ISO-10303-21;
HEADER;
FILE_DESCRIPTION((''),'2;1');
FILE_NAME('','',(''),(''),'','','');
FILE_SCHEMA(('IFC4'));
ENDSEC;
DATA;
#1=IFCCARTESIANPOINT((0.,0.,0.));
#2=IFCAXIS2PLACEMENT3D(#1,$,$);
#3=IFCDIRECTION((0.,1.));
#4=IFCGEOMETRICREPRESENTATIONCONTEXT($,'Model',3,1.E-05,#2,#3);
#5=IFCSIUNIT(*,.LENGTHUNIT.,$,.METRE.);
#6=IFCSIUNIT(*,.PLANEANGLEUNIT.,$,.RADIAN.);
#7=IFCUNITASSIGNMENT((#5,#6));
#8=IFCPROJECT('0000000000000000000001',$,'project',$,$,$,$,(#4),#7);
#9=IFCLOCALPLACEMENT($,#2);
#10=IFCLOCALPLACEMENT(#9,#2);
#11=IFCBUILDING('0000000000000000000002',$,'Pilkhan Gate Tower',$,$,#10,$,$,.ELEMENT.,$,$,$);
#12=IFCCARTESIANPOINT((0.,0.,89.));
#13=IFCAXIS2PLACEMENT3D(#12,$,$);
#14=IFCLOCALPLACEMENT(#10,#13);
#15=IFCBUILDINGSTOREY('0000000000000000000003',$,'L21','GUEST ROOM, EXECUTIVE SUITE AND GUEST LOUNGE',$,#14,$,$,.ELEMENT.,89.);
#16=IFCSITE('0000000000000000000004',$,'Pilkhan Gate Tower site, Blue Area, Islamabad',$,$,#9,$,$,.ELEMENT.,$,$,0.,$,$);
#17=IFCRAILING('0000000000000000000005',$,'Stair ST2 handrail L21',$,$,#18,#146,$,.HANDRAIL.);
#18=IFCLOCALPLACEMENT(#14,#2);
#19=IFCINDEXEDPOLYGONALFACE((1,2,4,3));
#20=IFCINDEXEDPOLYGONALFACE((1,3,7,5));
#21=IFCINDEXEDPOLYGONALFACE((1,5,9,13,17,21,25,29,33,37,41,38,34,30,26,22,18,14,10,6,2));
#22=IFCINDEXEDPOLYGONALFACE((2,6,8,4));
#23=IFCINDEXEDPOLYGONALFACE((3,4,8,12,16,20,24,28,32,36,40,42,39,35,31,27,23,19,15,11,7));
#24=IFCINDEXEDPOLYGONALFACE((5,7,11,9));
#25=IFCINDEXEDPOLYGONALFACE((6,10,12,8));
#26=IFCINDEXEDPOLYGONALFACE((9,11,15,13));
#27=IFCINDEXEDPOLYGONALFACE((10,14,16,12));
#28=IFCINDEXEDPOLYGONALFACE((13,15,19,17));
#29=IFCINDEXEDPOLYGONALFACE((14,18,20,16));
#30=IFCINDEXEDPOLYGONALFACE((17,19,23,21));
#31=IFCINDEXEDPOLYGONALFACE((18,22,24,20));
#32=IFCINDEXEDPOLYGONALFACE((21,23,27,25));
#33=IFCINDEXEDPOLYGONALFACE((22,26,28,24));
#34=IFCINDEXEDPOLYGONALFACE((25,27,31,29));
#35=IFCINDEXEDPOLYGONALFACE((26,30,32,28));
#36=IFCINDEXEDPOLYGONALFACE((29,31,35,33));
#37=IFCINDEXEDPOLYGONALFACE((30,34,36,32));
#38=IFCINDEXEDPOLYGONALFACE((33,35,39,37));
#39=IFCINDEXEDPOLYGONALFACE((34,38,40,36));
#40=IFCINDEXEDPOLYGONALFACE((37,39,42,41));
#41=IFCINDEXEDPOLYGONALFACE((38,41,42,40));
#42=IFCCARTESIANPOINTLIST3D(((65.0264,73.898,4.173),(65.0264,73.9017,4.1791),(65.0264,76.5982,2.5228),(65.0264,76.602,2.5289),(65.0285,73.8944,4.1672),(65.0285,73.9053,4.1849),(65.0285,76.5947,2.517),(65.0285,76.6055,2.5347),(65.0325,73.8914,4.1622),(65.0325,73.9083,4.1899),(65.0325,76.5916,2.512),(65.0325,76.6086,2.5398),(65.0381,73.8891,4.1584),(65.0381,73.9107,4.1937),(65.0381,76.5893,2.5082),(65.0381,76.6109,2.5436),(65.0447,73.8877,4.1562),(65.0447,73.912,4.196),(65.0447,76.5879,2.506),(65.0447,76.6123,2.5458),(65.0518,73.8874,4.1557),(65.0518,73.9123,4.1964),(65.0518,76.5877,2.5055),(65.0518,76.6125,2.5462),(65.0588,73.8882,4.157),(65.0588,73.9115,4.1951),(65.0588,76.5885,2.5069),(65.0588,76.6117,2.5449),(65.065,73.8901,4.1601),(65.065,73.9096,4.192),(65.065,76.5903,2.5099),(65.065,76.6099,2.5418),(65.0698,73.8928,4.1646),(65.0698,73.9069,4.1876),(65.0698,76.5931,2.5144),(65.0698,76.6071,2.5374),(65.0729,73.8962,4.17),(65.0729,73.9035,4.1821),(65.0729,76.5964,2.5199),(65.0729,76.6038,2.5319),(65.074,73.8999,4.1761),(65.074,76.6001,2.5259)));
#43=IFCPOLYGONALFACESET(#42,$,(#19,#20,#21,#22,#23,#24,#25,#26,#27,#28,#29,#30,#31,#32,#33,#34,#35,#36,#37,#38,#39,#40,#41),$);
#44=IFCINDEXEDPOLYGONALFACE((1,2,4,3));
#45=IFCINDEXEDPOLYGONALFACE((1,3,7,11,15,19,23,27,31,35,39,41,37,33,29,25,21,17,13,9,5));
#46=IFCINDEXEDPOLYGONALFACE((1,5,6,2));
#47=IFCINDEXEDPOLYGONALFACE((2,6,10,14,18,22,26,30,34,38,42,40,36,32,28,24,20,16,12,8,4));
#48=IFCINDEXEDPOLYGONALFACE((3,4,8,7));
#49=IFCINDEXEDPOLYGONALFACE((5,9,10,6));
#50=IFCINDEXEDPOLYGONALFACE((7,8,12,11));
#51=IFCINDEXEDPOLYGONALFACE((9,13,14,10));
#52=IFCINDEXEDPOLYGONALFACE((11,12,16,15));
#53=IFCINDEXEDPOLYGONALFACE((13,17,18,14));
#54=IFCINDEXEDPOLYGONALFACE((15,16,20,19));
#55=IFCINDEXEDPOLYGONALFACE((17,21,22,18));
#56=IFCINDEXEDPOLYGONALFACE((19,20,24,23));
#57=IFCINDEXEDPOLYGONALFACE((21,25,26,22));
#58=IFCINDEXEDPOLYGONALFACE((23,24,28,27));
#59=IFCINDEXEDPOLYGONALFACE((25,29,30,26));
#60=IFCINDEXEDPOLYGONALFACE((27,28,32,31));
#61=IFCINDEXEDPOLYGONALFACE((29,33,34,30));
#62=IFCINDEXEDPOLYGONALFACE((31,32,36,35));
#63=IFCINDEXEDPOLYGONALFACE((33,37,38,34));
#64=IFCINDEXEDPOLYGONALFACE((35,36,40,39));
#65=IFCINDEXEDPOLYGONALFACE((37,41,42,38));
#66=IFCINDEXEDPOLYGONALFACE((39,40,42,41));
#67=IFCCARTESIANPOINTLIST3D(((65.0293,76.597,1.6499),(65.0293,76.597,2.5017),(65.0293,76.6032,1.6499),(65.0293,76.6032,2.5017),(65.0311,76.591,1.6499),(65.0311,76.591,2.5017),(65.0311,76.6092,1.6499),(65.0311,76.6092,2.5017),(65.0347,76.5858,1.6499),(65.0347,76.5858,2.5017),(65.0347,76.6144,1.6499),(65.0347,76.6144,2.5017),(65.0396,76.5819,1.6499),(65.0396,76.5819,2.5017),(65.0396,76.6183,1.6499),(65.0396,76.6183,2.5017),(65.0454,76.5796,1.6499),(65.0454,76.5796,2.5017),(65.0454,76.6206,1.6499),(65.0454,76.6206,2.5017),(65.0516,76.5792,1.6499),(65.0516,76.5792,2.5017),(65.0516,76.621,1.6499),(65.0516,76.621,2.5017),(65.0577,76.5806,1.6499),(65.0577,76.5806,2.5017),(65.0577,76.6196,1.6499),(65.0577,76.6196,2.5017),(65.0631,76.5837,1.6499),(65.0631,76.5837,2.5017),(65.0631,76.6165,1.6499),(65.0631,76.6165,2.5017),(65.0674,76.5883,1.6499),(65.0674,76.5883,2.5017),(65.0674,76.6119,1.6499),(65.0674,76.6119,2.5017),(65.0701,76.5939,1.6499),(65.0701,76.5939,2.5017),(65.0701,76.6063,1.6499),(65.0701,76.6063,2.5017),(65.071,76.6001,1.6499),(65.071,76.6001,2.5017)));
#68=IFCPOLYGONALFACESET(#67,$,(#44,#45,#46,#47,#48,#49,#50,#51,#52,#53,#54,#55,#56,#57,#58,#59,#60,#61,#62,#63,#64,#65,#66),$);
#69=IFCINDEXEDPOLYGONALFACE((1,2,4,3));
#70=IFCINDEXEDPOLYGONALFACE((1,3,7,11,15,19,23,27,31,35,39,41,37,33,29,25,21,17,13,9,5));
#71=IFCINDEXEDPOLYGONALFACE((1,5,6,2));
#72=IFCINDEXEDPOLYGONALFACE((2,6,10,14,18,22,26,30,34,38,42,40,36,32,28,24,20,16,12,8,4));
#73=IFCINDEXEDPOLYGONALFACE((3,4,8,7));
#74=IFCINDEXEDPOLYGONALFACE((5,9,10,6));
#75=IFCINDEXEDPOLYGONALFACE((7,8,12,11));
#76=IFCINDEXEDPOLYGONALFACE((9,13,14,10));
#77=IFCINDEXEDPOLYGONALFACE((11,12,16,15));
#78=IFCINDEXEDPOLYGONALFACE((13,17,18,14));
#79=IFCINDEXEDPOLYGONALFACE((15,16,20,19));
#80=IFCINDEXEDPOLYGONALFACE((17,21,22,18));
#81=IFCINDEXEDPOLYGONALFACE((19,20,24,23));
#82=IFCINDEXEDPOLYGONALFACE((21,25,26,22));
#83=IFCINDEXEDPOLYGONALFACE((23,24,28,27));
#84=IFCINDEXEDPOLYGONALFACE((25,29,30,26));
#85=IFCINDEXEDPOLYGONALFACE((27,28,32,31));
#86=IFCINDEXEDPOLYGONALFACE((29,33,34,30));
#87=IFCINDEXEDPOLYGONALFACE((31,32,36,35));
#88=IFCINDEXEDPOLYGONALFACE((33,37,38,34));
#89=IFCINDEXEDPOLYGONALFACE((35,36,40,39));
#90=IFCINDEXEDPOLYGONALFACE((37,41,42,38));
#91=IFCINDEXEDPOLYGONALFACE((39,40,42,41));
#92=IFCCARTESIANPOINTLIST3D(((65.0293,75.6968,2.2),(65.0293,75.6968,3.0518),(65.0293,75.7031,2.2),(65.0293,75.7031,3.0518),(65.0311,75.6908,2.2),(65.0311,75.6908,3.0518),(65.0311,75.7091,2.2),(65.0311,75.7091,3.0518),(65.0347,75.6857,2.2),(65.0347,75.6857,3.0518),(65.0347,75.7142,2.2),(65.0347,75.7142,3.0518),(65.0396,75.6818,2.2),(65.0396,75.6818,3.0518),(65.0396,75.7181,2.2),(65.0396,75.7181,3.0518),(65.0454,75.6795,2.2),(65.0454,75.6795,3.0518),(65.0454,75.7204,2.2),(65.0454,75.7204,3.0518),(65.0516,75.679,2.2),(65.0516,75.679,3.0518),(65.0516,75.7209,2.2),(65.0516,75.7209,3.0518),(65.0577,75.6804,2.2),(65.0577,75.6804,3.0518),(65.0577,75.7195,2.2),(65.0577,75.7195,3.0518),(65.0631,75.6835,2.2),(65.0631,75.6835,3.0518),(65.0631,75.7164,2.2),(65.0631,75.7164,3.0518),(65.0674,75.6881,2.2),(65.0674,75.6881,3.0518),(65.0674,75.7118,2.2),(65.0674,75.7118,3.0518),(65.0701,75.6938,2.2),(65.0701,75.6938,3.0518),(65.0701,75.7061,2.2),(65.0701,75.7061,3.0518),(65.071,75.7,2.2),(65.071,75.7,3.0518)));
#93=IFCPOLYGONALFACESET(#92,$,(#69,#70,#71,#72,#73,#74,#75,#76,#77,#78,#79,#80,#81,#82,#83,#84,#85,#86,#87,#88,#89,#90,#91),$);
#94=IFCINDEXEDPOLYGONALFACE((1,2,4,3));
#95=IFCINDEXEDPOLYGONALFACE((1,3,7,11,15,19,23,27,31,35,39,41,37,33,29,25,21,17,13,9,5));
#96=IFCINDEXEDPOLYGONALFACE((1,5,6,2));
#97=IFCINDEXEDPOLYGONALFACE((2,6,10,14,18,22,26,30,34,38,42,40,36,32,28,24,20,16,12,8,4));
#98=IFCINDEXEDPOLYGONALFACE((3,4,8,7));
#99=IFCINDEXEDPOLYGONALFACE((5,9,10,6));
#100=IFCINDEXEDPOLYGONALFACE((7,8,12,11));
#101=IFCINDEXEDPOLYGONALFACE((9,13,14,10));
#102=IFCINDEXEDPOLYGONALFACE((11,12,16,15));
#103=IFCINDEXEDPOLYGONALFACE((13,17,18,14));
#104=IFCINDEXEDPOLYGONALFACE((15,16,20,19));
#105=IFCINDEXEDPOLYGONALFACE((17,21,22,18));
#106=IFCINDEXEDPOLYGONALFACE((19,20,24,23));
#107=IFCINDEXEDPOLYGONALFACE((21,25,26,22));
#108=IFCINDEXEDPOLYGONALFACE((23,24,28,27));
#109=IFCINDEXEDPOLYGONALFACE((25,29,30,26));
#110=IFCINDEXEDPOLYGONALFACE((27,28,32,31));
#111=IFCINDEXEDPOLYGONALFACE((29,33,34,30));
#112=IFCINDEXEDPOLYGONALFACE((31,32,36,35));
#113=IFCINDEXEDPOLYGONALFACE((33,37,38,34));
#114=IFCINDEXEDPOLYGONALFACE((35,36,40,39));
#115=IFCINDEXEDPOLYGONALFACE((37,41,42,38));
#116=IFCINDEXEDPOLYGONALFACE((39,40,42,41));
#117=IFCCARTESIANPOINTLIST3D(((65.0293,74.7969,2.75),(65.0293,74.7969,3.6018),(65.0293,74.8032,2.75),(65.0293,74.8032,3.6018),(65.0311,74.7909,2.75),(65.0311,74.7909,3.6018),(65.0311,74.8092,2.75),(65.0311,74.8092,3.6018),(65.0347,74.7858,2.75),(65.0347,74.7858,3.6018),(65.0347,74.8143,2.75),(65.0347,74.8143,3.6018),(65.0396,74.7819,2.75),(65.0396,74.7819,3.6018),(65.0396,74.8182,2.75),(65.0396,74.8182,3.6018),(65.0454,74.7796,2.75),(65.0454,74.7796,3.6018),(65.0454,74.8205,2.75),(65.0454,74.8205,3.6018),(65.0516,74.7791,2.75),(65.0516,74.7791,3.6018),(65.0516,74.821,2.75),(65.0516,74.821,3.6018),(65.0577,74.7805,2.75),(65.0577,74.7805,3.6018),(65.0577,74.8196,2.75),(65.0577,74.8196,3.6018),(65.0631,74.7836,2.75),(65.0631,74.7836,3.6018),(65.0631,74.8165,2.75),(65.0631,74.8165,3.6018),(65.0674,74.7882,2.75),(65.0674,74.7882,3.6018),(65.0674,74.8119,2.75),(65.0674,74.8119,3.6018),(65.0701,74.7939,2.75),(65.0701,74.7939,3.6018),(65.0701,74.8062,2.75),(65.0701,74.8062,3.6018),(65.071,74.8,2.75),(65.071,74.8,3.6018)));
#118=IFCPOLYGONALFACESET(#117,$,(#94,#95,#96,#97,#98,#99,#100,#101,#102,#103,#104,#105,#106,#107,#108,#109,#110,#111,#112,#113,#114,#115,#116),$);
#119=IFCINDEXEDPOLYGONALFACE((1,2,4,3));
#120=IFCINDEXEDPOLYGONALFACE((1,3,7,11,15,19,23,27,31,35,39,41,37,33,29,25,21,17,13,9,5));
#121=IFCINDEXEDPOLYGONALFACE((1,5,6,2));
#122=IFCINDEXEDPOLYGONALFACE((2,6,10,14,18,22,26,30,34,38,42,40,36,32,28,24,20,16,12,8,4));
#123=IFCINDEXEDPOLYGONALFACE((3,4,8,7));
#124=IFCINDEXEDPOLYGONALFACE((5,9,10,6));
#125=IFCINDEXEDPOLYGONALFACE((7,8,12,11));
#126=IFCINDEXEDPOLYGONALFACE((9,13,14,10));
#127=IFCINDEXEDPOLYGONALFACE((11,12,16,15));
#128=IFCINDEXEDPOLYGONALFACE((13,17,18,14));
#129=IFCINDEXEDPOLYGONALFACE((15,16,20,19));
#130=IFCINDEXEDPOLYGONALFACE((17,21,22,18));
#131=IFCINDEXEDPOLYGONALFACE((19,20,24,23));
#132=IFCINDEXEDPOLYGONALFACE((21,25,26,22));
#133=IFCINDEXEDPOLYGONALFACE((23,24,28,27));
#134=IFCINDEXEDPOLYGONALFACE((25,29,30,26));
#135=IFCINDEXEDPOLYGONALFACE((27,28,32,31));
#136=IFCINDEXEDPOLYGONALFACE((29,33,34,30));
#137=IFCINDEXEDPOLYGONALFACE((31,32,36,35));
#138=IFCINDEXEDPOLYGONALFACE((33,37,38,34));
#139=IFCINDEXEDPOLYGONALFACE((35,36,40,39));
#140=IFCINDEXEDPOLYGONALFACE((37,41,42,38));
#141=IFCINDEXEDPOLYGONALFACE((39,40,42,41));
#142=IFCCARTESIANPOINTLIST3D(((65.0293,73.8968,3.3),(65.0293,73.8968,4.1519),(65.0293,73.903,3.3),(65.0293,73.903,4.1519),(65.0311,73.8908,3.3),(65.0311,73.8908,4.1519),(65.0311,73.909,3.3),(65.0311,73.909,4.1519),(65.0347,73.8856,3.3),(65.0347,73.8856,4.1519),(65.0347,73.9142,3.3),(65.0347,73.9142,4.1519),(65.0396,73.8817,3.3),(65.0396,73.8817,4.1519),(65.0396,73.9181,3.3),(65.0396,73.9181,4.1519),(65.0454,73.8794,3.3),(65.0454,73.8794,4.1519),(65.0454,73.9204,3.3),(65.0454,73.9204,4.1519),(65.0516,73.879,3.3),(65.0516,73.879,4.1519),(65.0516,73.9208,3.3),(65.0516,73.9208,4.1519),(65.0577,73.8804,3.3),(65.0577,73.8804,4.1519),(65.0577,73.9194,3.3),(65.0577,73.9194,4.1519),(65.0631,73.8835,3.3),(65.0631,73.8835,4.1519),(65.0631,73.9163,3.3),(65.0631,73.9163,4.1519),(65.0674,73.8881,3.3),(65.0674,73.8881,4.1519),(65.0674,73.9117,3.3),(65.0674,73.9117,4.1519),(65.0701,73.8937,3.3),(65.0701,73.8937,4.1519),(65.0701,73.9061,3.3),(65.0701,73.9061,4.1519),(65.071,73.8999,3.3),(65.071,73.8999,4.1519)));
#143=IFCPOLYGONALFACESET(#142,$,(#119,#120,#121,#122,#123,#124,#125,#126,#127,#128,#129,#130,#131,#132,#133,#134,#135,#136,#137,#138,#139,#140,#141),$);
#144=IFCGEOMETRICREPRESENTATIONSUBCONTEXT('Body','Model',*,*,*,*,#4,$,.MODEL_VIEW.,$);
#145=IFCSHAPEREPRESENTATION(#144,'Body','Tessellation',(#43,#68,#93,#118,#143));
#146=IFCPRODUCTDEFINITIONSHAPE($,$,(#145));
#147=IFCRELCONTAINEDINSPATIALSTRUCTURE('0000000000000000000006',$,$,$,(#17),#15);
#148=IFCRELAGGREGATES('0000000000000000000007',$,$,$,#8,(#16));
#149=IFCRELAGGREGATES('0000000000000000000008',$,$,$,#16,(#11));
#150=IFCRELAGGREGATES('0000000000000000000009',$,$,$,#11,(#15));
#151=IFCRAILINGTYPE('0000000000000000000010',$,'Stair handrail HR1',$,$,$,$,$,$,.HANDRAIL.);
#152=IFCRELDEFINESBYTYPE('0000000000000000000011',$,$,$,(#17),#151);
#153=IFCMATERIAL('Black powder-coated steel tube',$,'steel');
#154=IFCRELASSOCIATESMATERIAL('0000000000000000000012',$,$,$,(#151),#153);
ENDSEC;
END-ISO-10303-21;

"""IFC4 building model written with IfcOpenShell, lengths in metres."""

from ifc_helpers import new_model, si_unit, direction, frame, origin, origin_2d, place, context, subcontext, project, spatial, circle, extrude, material, type_object, element, save


model = new_model("IFC4")

# Units and contexts
model_context = context("Model", 3, precision=1e-05, world=origin(), true_north=direction((0.0, 1.0)))
body_context = subcontext(model_context, "Body", "Model", "MODEL_VIEW")
ifc_project = project(units=[si_unit("LENGTHUNIT", "METRE"), si_unit("PLANEANGLEUNIT", "RADIAN")], contexts=[model_context])

# Site, building, storey
site_placement = place(None, origin())
site = spatial("IfcSite", under=ifc_project, at=site_placement, Name="Pilkhan Gate Tower site, Blue Area, Islamabad", CompositionType="ELEMENT", RefElevation=0.0)
building_placement = place(site_placement, origin())
building = spatial("IfcBuilding", under=site, at=building_placement, Name="Pilkhan Gate Tower", CompositionType="ELEMENT")
storey_placement = place(building_placement, frame((0.0, 0.0, 89.0)))
storey = spatial("IfcBuildingStorey", under=building, at=storey_placement, Name="L21", Description="GUEST ROOM, EXECUTIVE SUITE AND GUEST LOUNGE", CompositionType="ELEMENT", Elevation=89.0)

# Railing
ifc_material_1 = material(Name="Black powder-coated steel tube", Category="steel")
railing_type_1 = type_object("IfcRailingType", Name="Stair handrail HR1", PredefinedType="HANDRAIL", material=ifc_material_1)
railing_1_placement = place(storey_placement, frame((65.05, 76.6001, 1.6499)))
element("IfcRailing", 1, at=railing_1_placement, inside=storey, type_object=railing_type_1, Name="Stair ST2 handrail L21", PredefinedType="HANDRAIL", context=body_context, shape_type="SweptSolid", body=[
    extrude(circle(Radius=0.0239, at=origin_2d()), frame((0.0, 0.0, 0.876), z_axis=(0.0, -0.853278, 0.521456), x_axis=(1.0, 0.0, 0.0)), (0.0, 0.0, 1.0), 3.1646),
    extrude(circle(Radius=0.021, at=origin_2d()), origin(), (0.0, 0.0, 1.0), 0.8518),
    extrude(circle(Radius=0.021, at=origin_2d()), frame((0.0, -0.9001, 0.55)), (0.0, 0.0, 1.0), 0.8518),
    extrude(circle(Radius=0.021, at=origin_2d()), frame((0.0, -1.8, 1.1001)), (0.0, 0.0, 1.0), 0.8518),
    extrude(circle(Radius=0.021, at=origin_2d()), frame((0.0, -2.7002, 1.6501)), (0.0, 0.0, 1.0), 0.8518),
])

save(model, "model.ifc")
